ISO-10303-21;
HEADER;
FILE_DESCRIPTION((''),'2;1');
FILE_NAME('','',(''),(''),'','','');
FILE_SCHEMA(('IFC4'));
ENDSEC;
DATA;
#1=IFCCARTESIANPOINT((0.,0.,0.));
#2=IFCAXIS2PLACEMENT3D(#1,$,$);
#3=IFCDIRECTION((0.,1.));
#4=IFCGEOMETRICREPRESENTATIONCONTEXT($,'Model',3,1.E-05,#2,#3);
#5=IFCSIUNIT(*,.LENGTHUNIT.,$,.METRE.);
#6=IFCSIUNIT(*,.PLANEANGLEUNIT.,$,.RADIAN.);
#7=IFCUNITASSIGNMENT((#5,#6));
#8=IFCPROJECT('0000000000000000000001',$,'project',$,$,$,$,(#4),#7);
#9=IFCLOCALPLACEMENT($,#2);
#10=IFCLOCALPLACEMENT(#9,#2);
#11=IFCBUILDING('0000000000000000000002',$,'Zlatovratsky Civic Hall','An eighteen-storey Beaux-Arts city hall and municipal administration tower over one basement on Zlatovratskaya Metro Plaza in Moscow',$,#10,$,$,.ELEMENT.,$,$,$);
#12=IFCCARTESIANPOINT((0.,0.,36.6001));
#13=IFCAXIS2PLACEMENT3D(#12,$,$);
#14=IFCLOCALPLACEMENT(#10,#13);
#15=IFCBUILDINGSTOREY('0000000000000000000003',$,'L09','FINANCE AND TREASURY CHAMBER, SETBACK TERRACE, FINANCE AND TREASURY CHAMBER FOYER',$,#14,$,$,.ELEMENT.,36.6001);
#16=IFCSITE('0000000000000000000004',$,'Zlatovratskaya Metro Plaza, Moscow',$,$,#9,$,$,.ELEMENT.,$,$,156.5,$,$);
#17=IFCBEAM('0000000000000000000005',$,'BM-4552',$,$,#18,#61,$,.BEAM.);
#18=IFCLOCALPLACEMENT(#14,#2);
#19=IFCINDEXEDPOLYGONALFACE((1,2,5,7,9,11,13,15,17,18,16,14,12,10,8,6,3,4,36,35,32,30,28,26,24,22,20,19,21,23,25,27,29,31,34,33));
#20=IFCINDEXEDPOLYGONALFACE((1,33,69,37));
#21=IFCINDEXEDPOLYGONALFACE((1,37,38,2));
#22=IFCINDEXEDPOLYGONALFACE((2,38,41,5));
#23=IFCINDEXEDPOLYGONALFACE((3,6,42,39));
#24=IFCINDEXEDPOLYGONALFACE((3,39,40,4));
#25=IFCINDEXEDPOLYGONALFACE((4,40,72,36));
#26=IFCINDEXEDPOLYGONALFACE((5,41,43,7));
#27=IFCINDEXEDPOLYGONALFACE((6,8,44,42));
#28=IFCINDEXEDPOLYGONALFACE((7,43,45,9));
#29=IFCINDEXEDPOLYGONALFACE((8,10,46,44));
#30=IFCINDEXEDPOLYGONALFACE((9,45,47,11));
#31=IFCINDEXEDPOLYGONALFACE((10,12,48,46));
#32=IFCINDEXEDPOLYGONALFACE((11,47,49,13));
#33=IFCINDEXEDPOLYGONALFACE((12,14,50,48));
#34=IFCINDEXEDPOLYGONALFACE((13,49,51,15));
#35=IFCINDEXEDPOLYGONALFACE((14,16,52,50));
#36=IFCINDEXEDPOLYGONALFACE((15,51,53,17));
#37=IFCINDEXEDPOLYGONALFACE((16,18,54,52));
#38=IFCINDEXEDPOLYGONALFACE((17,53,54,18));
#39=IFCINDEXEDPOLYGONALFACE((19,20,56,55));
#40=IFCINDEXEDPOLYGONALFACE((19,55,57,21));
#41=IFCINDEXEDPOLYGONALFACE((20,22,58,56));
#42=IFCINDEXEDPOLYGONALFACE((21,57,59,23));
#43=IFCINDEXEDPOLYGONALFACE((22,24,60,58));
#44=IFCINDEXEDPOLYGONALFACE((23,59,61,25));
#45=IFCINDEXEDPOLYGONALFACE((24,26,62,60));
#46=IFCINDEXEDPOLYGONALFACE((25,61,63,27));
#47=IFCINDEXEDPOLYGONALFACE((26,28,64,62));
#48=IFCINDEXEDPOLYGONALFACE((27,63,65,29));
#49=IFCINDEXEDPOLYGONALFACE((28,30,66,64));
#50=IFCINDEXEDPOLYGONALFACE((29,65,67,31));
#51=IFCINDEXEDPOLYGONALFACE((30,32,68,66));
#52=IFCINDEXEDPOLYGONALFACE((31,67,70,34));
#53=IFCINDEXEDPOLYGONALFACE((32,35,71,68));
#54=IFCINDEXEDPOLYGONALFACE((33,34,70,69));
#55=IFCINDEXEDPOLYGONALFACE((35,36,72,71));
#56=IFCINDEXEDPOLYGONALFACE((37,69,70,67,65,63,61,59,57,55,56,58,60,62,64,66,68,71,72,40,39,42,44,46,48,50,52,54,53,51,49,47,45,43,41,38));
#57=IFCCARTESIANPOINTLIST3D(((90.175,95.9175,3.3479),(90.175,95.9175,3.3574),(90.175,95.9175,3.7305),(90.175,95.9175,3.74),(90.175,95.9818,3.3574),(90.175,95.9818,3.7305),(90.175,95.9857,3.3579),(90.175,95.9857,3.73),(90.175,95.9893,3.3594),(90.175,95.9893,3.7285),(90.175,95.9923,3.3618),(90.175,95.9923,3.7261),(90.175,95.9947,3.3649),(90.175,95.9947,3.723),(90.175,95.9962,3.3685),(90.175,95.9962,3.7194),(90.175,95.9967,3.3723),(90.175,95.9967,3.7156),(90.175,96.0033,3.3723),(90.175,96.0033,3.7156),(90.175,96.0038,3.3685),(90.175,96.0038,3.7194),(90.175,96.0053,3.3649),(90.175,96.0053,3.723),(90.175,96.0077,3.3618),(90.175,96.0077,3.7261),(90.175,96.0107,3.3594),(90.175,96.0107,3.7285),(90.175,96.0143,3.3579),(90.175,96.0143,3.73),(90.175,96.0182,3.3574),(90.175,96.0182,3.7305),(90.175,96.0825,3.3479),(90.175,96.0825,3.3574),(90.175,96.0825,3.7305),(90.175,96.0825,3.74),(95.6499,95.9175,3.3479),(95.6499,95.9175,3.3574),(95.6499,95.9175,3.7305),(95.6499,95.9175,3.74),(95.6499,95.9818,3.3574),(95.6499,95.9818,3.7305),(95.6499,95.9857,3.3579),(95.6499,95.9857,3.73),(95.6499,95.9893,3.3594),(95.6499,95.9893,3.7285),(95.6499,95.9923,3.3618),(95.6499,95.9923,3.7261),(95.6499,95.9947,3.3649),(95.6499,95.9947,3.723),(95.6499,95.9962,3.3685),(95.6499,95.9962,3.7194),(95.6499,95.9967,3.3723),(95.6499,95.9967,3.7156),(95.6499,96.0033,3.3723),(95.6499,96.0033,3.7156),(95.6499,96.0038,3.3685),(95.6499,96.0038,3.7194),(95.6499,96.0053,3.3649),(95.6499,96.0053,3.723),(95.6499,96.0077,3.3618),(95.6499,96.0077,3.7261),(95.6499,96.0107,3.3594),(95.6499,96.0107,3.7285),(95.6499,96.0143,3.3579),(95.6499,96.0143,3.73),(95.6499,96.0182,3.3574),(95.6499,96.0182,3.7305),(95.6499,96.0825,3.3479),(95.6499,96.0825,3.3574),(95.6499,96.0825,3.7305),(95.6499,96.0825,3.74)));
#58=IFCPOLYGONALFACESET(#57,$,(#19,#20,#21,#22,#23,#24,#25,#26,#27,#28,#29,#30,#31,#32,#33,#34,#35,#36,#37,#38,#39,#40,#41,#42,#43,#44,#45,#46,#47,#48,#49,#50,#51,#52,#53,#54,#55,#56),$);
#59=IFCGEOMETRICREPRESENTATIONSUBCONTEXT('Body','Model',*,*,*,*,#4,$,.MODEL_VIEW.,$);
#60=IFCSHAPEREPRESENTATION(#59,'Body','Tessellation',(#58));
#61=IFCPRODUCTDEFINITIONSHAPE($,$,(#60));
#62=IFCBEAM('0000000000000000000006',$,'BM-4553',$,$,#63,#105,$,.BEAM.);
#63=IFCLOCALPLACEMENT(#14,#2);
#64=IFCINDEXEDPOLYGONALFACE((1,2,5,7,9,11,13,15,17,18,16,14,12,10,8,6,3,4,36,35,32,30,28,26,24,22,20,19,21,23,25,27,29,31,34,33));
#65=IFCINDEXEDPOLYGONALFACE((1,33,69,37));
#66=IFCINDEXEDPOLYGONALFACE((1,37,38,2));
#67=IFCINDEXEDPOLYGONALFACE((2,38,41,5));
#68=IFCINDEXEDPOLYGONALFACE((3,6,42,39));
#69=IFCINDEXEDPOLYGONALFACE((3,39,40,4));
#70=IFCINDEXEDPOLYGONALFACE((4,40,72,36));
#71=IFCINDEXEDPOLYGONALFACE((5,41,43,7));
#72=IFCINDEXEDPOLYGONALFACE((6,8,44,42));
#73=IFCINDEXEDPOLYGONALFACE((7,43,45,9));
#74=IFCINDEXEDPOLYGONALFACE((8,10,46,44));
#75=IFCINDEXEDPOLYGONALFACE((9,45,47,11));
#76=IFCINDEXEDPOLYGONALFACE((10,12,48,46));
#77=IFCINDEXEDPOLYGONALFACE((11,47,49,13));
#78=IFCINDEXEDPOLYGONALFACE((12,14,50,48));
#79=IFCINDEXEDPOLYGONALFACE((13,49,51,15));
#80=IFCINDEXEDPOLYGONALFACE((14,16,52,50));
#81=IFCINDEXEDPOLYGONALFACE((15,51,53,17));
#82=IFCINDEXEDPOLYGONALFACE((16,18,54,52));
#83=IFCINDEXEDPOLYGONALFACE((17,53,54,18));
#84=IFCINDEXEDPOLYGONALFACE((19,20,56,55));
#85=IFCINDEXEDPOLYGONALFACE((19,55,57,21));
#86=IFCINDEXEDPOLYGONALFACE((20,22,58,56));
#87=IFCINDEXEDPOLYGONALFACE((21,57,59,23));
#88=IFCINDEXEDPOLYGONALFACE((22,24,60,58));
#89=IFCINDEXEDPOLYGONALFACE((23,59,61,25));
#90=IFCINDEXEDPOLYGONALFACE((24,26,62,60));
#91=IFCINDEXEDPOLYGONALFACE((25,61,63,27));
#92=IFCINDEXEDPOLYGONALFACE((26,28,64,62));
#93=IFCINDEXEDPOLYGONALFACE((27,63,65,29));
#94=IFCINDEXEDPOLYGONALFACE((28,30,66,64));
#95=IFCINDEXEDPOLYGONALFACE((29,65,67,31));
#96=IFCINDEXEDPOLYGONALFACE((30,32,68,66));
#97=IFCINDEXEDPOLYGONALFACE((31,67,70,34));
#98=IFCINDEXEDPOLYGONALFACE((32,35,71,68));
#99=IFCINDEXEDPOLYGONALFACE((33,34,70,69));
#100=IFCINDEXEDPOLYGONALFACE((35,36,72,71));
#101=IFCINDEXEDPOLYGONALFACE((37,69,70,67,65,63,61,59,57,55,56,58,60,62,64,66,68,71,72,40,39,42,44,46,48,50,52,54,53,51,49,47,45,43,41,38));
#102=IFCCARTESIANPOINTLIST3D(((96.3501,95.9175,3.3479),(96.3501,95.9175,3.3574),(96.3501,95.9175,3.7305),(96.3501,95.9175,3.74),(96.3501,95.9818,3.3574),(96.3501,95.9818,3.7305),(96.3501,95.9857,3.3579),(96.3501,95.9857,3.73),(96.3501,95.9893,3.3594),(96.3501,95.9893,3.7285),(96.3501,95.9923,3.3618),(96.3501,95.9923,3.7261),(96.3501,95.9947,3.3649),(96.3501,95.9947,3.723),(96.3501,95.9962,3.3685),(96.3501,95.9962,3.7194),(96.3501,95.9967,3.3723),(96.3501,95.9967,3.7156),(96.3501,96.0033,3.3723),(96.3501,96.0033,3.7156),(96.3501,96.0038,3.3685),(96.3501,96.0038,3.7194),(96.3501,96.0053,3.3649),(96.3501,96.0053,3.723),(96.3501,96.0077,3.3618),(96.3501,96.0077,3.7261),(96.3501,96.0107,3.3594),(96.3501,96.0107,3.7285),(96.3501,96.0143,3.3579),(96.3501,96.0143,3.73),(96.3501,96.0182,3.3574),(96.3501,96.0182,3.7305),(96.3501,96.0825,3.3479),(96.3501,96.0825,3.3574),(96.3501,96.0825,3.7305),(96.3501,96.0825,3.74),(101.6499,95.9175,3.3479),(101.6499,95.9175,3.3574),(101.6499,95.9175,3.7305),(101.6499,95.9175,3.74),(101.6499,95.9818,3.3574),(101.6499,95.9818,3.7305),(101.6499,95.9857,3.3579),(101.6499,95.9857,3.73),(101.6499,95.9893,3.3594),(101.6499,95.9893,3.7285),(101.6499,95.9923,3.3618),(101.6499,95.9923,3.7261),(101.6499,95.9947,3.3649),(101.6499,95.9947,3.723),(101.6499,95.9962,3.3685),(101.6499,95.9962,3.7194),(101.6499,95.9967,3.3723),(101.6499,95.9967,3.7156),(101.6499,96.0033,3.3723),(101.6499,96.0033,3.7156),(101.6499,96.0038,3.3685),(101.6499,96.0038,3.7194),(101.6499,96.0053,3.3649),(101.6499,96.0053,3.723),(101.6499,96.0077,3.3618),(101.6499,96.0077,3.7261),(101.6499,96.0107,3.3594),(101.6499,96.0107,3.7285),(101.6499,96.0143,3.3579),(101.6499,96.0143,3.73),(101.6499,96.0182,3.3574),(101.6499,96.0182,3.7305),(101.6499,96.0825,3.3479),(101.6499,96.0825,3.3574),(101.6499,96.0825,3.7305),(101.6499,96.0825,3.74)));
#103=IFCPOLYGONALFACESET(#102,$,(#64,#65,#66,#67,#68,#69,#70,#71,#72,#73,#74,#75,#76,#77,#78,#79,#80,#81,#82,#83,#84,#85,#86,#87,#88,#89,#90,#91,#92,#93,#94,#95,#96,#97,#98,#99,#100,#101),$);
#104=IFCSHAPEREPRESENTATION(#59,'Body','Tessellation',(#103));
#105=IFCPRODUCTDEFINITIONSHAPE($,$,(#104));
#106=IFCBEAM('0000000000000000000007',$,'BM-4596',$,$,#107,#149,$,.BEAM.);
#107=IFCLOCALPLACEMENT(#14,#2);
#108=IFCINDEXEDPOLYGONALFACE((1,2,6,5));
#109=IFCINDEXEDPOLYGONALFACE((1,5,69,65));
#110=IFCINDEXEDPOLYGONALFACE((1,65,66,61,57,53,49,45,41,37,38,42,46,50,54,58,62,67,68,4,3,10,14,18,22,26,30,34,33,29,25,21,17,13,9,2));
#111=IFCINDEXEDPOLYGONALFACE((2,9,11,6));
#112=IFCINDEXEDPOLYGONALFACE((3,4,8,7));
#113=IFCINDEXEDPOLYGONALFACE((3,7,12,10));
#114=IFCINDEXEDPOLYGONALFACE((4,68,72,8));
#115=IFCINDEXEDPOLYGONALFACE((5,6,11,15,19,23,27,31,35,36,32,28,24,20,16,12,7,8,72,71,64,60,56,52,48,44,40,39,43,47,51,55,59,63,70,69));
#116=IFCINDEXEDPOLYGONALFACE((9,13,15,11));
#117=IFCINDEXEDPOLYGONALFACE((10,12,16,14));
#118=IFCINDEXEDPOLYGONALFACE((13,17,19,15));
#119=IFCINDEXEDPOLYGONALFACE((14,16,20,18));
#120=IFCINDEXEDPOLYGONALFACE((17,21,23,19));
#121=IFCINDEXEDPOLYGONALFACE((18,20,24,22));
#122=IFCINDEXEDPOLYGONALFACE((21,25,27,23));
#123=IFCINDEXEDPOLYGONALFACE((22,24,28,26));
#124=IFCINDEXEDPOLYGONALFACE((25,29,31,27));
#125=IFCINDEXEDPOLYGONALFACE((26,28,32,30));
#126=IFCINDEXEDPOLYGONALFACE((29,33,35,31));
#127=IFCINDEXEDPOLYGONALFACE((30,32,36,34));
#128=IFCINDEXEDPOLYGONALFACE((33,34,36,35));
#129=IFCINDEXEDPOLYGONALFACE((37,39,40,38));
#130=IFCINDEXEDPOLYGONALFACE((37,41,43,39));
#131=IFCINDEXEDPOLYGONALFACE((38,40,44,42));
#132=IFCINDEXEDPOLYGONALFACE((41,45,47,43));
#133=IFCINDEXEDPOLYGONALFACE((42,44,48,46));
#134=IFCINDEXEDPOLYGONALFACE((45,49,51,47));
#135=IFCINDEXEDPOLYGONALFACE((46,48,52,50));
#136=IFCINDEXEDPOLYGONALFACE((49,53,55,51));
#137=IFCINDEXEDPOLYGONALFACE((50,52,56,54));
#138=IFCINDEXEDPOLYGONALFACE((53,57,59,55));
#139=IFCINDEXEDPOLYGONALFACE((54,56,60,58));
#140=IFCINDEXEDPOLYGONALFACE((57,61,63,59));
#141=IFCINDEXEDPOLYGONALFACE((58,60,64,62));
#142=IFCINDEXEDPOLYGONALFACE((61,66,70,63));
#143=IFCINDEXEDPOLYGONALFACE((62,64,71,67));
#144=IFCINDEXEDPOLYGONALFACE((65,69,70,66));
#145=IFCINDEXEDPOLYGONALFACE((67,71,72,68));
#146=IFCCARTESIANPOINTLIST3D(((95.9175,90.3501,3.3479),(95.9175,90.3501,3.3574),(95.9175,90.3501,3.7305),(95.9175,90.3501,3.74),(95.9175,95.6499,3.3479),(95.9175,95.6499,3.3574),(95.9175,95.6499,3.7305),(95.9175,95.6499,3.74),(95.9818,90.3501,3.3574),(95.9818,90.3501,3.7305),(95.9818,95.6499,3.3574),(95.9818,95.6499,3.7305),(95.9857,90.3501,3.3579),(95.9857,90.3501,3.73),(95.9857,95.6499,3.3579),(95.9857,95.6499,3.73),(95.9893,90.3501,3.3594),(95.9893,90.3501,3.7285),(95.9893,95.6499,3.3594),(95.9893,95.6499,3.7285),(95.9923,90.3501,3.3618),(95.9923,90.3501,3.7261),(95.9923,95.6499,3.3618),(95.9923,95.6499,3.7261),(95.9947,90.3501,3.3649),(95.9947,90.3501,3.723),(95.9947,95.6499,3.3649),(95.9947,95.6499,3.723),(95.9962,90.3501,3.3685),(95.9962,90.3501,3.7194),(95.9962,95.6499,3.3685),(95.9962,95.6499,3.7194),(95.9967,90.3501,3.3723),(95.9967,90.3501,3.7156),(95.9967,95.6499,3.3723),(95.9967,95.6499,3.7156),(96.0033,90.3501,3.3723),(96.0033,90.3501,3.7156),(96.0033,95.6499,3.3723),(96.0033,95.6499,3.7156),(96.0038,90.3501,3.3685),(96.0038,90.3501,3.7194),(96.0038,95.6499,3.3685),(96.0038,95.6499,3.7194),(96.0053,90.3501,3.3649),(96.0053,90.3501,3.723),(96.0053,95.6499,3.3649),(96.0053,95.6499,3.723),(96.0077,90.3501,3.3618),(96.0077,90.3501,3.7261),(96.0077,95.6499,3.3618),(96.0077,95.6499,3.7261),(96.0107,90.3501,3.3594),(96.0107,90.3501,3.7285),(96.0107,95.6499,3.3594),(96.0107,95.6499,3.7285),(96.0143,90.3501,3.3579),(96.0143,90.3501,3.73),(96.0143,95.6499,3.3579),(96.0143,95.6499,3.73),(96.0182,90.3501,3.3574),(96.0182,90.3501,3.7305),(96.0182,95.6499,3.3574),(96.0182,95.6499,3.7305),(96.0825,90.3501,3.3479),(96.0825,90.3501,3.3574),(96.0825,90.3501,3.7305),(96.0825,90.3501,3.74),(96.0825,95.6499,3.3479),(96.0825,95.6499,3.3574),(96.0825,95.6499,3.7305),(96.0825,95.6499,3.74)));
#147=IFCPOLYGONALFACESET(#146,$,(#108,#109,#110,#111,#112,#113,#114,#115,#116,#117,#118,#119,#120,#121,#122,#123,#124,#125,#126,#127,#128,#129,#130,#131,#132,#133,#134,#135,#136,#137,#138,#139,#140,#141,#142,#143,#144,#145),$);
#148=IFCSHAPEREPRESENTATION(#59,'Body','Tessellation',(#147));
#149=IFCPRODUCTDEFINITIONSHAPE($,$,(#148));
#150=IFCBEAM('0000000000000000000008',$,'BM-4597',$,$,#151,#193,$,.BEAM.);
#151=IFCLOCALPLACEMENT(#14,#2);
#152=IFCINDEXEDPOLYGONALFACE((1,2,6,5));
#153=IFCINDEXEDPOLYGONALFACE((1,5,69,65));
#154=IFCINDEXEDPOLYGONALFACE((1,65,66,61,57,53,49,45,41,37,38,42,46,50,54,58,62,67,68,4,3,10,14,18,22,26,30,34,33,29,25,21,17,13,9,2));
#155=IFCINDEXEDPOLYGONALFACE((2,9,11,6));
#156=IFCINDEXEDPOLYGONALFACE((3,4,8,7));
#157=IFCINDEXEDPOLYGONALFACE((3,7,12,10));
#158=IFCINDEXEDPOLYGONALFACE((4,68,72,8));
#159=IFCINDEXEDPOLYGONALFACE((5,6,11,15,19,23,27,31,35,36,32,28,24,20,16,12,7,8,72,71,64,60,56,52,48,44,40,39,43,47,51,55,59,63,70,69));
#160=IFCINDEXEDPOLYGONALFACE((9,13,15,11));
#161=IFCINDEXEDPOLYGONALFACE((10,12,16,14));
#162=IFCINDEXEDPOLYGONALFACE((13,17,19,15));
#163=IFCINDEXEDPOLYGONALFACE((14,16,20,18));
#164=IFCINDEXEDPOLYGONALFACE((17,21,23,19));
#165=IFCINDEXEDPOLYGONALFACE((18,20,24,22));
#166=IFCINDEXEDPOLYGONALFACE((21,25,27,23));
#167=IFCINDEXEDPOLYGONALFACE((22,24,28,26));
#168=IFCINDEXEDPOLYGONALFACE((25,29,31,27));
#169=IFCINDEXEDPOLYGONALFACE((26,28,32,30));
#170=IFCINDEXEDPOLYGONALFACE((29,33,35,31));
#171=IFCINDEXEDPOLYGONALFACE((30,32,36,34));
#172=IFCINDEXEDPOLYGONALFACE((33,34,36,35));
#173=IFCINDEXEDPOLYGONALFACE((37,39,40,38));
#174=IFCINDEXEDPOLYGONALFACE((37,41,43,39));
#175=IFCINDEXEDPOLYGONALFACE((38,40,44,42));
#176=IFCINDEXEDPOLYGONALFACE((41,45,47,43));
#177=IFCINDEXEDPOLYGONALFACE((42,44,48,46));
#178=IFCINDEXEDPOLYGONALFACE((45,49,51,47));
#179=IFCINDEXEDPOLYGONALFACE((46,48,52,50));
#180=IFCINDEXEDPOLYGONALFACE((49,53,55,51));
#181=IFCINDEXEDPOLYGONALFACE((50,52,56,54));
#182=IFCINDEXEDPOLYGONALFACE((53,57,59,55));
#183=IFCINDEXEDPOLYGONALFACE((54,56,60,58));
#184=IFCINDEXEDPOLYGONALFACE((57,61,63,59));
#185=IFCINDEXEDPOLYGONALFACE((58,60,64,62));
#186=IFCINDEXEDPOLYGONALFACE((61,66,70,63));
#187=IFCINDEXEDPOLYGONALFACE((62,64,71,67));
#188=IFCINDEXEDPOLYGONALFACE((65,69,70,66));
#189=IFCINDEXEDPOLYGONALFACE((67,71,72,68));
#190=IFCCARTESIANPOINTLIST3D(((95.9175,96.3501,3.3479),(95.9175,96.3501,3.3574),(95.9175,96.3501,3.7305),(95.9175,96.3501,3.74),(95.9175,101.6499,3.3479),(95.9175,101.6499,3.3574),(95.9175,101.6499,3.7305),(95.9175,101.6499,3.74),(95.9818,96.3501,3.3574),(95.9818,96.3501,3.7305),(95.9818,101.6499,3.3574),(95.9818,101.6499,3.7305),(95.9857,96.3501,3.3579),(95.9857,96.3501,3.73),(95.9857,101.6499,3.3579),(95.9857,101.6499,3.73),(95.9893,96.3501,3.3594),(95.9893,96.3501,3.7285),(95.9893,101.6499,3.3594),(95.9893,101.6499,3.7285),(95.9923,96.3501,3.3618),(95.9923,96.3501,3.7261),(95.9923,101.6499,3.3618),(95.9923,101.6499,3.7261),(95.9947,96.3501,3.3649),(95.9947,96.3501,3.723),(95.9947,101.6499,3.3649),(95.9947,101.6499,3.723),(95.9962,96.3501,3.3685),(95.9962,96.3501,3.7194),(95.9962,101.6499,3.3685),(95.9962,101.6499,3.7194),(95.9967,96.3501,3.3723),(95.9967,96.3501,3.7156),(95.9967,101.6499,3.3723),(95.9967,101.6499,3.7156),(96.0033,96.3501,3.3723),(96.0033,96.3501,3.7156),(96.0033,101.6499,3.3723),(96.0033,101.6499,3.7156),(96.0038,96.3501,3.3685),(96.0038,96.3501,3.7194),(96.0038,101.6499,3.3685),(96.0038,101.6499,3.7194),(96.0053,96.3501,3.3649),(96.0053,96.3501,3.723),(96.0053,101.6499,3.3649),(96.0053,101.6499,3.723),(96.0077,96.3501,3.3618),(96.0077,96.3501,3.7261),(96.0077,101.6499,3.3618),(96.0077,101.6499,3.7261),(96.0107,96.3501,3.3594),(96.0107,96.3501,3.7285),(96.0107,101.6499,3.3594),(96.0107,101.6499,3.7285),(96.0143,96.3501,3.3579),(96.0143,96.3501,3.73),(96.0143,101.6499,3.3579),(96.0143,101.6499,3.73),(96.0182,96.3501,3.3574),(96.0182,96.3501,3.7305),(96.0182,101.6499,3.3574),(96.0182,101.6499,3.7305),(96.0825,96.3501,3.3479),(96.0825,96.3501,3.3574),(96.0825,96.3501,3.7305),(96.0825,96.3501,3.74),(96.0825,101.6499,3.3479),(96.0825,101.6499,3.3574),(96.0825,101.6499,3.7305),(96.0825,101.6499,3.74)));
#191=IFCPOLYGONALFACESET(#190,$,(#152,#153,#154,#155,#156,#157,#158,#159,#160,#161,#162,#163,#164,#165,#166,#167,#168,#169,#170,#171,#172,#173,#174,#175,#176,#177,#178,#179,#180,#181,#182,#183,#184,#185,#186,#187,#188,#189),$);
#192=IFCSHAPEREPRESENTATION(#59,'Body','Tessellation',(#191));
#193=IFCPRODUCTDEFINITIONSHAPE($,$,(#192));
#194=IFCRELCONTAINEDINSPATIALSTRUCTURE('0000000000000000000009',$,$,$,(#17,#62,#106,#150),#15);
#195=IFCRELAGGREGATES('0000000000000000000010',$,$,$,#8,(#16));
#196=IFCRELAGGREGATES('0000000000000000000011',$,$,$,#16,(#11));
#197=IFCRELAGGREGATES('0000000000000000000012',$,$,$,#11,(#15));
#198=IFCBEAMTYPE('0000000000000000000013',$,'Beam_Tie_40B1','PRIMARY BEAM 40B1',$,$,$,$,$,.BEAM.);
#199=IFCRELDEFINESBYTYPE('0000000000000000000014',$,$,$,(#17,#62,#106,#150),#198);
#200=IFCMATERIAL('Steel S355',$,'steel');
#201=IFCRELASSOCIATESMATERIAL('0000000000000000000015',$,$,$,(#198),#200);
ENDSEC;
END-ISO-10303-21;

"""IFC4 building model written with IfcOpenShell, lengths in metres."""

from ifc_helpers import new_model, si_unit, direction, frame, origin, origin_2d, place, context, subcontext, project, spatial, i_section, extrude, material, material_profile, profile_set, type_object, element, save


model = new_model("IFC4")

# Units and contexts
model_context = context("Model", 3, precision=1e-05, world=origin(), true_north=direction((0.0, 1.0)))
body_context = subcontext(model_context, "Body", "Model", "MODEL_VIEW")
ifc_project = project(units=[si_unit("LENGTHUNIT", "METRE"), si_unit("PLANEANGLEUNIT", "RADIAN")], contexts=[model_context])

# Site, building, storey
site_placement = place(None, origin())
site = spatial("IfcSite", under=ifc_project, at=site_placement, Name="Zlatovratskaya Metro Plaza, Moscow", CompositionType="ELEMENT", RefElevation=156.5)
building_placement = place(site_placement, origin())
building = spatial("IfcBuilding", under=site, at=building_placement, Name="Zlatovratsky Civic Hall", Description="An eighteen-storey Beaux-Arts city hall and municipal administration tower over one basement on Zlatovratskaya Metro Plaza in Moscow", CompositionType="ELEMENT")
storey_placement = place(building_placement, frame((0.0, 0.0, 36.6001)))
storey = spatial("IfcBuildingStorey", under=building, at=storey_placement, Name="L09", Description="FINANCE AND TREASURY CHAMBER, SETBACK TERRACE, FINANCE AND TREASURY CHAMBER FOYER", CompositionType="ELEMENT", Elevation=36.6001)

# Beams
ifc_material_1 = material(Name="Steel S355", Category="steel")
ifc_material_profile_1 = material_profile(ifc_material_1, i_section(OverallWidth=0.165, OverallDepth=0.3921, WebThickness=0.0066, FlangeThickness=0.0095, FilletRadius=0.0149, at=origin_2d()), Name="40B1")
ifc_profile_set_1 = profile_set([ifc_material_profile_1], Name="Steel S355")
beam_type_1 = type_object("IfcBeamType", Name="Beam_Tie_40B1", Description="PRIMARY BEAM 40B1", PredefinedType="BEAM", material=ifc_profile_set_1)
beam_1_placement = place(storey_placement, frame((90.175, 96.0, 3.5439), z_axis=(1.0, 0.0, 0.0), x_axis=(0.0, 1.0, 0.0)))
element("IfcBeam", 1, at=beam_1_placement, inside=storey, type_object=beam_type_1, Name="BM-4552", PredefinedType="BEAM", context=body_context, shape_type="SweptSolid", body=[
    extrude(i_section(OverallWidth=0.165, OverallDepth=0.3921, WebThickness=0.0066, FlangeThickness=0.0095, FilletRadius=0.0149, at=origin_2d()), origin(), (0.0, 0.0, 1.0), 5.4749),
])
for number, where, z_axis, x_axis, name in (
    (2, (96.3501, 96.0, 3.5439), (1.0, 0.0, 0.0), (0.0, 1.0, 0.0), "BM-4553"),
    (3, (96.0, 90.3501, 3.5439), (0.0, 1.0, 0.0), (-1.0, 0.0, 0.0), "BM-4596"),
    (4, (96.0, 96.3501, 3.5439), (0.0, 1.0, 0.0), (-1.0, 0.0, 0.0), "BM-4597"),
):
    element("IfcBeam", number, at=place(storey_placement, frame(where, z_axis=z_axis, x_axis=x_axis)), inside=storey, type_object=beam_type_1, Name=name, PredefinedType="BEAM", context=body_context, shape_type="SweptSolid", body=[
        extrude(i_section(OverallWidth=0.165, OverallDepth=0.3921, WebThickness=0.0066, FlangeThickness=0.0095, FilletRadius=0.0149, at=origin_2d()), origin(), (0.0, 0.0, 1.0), 5.2998),
    ])

save(model, "model.ifc")
